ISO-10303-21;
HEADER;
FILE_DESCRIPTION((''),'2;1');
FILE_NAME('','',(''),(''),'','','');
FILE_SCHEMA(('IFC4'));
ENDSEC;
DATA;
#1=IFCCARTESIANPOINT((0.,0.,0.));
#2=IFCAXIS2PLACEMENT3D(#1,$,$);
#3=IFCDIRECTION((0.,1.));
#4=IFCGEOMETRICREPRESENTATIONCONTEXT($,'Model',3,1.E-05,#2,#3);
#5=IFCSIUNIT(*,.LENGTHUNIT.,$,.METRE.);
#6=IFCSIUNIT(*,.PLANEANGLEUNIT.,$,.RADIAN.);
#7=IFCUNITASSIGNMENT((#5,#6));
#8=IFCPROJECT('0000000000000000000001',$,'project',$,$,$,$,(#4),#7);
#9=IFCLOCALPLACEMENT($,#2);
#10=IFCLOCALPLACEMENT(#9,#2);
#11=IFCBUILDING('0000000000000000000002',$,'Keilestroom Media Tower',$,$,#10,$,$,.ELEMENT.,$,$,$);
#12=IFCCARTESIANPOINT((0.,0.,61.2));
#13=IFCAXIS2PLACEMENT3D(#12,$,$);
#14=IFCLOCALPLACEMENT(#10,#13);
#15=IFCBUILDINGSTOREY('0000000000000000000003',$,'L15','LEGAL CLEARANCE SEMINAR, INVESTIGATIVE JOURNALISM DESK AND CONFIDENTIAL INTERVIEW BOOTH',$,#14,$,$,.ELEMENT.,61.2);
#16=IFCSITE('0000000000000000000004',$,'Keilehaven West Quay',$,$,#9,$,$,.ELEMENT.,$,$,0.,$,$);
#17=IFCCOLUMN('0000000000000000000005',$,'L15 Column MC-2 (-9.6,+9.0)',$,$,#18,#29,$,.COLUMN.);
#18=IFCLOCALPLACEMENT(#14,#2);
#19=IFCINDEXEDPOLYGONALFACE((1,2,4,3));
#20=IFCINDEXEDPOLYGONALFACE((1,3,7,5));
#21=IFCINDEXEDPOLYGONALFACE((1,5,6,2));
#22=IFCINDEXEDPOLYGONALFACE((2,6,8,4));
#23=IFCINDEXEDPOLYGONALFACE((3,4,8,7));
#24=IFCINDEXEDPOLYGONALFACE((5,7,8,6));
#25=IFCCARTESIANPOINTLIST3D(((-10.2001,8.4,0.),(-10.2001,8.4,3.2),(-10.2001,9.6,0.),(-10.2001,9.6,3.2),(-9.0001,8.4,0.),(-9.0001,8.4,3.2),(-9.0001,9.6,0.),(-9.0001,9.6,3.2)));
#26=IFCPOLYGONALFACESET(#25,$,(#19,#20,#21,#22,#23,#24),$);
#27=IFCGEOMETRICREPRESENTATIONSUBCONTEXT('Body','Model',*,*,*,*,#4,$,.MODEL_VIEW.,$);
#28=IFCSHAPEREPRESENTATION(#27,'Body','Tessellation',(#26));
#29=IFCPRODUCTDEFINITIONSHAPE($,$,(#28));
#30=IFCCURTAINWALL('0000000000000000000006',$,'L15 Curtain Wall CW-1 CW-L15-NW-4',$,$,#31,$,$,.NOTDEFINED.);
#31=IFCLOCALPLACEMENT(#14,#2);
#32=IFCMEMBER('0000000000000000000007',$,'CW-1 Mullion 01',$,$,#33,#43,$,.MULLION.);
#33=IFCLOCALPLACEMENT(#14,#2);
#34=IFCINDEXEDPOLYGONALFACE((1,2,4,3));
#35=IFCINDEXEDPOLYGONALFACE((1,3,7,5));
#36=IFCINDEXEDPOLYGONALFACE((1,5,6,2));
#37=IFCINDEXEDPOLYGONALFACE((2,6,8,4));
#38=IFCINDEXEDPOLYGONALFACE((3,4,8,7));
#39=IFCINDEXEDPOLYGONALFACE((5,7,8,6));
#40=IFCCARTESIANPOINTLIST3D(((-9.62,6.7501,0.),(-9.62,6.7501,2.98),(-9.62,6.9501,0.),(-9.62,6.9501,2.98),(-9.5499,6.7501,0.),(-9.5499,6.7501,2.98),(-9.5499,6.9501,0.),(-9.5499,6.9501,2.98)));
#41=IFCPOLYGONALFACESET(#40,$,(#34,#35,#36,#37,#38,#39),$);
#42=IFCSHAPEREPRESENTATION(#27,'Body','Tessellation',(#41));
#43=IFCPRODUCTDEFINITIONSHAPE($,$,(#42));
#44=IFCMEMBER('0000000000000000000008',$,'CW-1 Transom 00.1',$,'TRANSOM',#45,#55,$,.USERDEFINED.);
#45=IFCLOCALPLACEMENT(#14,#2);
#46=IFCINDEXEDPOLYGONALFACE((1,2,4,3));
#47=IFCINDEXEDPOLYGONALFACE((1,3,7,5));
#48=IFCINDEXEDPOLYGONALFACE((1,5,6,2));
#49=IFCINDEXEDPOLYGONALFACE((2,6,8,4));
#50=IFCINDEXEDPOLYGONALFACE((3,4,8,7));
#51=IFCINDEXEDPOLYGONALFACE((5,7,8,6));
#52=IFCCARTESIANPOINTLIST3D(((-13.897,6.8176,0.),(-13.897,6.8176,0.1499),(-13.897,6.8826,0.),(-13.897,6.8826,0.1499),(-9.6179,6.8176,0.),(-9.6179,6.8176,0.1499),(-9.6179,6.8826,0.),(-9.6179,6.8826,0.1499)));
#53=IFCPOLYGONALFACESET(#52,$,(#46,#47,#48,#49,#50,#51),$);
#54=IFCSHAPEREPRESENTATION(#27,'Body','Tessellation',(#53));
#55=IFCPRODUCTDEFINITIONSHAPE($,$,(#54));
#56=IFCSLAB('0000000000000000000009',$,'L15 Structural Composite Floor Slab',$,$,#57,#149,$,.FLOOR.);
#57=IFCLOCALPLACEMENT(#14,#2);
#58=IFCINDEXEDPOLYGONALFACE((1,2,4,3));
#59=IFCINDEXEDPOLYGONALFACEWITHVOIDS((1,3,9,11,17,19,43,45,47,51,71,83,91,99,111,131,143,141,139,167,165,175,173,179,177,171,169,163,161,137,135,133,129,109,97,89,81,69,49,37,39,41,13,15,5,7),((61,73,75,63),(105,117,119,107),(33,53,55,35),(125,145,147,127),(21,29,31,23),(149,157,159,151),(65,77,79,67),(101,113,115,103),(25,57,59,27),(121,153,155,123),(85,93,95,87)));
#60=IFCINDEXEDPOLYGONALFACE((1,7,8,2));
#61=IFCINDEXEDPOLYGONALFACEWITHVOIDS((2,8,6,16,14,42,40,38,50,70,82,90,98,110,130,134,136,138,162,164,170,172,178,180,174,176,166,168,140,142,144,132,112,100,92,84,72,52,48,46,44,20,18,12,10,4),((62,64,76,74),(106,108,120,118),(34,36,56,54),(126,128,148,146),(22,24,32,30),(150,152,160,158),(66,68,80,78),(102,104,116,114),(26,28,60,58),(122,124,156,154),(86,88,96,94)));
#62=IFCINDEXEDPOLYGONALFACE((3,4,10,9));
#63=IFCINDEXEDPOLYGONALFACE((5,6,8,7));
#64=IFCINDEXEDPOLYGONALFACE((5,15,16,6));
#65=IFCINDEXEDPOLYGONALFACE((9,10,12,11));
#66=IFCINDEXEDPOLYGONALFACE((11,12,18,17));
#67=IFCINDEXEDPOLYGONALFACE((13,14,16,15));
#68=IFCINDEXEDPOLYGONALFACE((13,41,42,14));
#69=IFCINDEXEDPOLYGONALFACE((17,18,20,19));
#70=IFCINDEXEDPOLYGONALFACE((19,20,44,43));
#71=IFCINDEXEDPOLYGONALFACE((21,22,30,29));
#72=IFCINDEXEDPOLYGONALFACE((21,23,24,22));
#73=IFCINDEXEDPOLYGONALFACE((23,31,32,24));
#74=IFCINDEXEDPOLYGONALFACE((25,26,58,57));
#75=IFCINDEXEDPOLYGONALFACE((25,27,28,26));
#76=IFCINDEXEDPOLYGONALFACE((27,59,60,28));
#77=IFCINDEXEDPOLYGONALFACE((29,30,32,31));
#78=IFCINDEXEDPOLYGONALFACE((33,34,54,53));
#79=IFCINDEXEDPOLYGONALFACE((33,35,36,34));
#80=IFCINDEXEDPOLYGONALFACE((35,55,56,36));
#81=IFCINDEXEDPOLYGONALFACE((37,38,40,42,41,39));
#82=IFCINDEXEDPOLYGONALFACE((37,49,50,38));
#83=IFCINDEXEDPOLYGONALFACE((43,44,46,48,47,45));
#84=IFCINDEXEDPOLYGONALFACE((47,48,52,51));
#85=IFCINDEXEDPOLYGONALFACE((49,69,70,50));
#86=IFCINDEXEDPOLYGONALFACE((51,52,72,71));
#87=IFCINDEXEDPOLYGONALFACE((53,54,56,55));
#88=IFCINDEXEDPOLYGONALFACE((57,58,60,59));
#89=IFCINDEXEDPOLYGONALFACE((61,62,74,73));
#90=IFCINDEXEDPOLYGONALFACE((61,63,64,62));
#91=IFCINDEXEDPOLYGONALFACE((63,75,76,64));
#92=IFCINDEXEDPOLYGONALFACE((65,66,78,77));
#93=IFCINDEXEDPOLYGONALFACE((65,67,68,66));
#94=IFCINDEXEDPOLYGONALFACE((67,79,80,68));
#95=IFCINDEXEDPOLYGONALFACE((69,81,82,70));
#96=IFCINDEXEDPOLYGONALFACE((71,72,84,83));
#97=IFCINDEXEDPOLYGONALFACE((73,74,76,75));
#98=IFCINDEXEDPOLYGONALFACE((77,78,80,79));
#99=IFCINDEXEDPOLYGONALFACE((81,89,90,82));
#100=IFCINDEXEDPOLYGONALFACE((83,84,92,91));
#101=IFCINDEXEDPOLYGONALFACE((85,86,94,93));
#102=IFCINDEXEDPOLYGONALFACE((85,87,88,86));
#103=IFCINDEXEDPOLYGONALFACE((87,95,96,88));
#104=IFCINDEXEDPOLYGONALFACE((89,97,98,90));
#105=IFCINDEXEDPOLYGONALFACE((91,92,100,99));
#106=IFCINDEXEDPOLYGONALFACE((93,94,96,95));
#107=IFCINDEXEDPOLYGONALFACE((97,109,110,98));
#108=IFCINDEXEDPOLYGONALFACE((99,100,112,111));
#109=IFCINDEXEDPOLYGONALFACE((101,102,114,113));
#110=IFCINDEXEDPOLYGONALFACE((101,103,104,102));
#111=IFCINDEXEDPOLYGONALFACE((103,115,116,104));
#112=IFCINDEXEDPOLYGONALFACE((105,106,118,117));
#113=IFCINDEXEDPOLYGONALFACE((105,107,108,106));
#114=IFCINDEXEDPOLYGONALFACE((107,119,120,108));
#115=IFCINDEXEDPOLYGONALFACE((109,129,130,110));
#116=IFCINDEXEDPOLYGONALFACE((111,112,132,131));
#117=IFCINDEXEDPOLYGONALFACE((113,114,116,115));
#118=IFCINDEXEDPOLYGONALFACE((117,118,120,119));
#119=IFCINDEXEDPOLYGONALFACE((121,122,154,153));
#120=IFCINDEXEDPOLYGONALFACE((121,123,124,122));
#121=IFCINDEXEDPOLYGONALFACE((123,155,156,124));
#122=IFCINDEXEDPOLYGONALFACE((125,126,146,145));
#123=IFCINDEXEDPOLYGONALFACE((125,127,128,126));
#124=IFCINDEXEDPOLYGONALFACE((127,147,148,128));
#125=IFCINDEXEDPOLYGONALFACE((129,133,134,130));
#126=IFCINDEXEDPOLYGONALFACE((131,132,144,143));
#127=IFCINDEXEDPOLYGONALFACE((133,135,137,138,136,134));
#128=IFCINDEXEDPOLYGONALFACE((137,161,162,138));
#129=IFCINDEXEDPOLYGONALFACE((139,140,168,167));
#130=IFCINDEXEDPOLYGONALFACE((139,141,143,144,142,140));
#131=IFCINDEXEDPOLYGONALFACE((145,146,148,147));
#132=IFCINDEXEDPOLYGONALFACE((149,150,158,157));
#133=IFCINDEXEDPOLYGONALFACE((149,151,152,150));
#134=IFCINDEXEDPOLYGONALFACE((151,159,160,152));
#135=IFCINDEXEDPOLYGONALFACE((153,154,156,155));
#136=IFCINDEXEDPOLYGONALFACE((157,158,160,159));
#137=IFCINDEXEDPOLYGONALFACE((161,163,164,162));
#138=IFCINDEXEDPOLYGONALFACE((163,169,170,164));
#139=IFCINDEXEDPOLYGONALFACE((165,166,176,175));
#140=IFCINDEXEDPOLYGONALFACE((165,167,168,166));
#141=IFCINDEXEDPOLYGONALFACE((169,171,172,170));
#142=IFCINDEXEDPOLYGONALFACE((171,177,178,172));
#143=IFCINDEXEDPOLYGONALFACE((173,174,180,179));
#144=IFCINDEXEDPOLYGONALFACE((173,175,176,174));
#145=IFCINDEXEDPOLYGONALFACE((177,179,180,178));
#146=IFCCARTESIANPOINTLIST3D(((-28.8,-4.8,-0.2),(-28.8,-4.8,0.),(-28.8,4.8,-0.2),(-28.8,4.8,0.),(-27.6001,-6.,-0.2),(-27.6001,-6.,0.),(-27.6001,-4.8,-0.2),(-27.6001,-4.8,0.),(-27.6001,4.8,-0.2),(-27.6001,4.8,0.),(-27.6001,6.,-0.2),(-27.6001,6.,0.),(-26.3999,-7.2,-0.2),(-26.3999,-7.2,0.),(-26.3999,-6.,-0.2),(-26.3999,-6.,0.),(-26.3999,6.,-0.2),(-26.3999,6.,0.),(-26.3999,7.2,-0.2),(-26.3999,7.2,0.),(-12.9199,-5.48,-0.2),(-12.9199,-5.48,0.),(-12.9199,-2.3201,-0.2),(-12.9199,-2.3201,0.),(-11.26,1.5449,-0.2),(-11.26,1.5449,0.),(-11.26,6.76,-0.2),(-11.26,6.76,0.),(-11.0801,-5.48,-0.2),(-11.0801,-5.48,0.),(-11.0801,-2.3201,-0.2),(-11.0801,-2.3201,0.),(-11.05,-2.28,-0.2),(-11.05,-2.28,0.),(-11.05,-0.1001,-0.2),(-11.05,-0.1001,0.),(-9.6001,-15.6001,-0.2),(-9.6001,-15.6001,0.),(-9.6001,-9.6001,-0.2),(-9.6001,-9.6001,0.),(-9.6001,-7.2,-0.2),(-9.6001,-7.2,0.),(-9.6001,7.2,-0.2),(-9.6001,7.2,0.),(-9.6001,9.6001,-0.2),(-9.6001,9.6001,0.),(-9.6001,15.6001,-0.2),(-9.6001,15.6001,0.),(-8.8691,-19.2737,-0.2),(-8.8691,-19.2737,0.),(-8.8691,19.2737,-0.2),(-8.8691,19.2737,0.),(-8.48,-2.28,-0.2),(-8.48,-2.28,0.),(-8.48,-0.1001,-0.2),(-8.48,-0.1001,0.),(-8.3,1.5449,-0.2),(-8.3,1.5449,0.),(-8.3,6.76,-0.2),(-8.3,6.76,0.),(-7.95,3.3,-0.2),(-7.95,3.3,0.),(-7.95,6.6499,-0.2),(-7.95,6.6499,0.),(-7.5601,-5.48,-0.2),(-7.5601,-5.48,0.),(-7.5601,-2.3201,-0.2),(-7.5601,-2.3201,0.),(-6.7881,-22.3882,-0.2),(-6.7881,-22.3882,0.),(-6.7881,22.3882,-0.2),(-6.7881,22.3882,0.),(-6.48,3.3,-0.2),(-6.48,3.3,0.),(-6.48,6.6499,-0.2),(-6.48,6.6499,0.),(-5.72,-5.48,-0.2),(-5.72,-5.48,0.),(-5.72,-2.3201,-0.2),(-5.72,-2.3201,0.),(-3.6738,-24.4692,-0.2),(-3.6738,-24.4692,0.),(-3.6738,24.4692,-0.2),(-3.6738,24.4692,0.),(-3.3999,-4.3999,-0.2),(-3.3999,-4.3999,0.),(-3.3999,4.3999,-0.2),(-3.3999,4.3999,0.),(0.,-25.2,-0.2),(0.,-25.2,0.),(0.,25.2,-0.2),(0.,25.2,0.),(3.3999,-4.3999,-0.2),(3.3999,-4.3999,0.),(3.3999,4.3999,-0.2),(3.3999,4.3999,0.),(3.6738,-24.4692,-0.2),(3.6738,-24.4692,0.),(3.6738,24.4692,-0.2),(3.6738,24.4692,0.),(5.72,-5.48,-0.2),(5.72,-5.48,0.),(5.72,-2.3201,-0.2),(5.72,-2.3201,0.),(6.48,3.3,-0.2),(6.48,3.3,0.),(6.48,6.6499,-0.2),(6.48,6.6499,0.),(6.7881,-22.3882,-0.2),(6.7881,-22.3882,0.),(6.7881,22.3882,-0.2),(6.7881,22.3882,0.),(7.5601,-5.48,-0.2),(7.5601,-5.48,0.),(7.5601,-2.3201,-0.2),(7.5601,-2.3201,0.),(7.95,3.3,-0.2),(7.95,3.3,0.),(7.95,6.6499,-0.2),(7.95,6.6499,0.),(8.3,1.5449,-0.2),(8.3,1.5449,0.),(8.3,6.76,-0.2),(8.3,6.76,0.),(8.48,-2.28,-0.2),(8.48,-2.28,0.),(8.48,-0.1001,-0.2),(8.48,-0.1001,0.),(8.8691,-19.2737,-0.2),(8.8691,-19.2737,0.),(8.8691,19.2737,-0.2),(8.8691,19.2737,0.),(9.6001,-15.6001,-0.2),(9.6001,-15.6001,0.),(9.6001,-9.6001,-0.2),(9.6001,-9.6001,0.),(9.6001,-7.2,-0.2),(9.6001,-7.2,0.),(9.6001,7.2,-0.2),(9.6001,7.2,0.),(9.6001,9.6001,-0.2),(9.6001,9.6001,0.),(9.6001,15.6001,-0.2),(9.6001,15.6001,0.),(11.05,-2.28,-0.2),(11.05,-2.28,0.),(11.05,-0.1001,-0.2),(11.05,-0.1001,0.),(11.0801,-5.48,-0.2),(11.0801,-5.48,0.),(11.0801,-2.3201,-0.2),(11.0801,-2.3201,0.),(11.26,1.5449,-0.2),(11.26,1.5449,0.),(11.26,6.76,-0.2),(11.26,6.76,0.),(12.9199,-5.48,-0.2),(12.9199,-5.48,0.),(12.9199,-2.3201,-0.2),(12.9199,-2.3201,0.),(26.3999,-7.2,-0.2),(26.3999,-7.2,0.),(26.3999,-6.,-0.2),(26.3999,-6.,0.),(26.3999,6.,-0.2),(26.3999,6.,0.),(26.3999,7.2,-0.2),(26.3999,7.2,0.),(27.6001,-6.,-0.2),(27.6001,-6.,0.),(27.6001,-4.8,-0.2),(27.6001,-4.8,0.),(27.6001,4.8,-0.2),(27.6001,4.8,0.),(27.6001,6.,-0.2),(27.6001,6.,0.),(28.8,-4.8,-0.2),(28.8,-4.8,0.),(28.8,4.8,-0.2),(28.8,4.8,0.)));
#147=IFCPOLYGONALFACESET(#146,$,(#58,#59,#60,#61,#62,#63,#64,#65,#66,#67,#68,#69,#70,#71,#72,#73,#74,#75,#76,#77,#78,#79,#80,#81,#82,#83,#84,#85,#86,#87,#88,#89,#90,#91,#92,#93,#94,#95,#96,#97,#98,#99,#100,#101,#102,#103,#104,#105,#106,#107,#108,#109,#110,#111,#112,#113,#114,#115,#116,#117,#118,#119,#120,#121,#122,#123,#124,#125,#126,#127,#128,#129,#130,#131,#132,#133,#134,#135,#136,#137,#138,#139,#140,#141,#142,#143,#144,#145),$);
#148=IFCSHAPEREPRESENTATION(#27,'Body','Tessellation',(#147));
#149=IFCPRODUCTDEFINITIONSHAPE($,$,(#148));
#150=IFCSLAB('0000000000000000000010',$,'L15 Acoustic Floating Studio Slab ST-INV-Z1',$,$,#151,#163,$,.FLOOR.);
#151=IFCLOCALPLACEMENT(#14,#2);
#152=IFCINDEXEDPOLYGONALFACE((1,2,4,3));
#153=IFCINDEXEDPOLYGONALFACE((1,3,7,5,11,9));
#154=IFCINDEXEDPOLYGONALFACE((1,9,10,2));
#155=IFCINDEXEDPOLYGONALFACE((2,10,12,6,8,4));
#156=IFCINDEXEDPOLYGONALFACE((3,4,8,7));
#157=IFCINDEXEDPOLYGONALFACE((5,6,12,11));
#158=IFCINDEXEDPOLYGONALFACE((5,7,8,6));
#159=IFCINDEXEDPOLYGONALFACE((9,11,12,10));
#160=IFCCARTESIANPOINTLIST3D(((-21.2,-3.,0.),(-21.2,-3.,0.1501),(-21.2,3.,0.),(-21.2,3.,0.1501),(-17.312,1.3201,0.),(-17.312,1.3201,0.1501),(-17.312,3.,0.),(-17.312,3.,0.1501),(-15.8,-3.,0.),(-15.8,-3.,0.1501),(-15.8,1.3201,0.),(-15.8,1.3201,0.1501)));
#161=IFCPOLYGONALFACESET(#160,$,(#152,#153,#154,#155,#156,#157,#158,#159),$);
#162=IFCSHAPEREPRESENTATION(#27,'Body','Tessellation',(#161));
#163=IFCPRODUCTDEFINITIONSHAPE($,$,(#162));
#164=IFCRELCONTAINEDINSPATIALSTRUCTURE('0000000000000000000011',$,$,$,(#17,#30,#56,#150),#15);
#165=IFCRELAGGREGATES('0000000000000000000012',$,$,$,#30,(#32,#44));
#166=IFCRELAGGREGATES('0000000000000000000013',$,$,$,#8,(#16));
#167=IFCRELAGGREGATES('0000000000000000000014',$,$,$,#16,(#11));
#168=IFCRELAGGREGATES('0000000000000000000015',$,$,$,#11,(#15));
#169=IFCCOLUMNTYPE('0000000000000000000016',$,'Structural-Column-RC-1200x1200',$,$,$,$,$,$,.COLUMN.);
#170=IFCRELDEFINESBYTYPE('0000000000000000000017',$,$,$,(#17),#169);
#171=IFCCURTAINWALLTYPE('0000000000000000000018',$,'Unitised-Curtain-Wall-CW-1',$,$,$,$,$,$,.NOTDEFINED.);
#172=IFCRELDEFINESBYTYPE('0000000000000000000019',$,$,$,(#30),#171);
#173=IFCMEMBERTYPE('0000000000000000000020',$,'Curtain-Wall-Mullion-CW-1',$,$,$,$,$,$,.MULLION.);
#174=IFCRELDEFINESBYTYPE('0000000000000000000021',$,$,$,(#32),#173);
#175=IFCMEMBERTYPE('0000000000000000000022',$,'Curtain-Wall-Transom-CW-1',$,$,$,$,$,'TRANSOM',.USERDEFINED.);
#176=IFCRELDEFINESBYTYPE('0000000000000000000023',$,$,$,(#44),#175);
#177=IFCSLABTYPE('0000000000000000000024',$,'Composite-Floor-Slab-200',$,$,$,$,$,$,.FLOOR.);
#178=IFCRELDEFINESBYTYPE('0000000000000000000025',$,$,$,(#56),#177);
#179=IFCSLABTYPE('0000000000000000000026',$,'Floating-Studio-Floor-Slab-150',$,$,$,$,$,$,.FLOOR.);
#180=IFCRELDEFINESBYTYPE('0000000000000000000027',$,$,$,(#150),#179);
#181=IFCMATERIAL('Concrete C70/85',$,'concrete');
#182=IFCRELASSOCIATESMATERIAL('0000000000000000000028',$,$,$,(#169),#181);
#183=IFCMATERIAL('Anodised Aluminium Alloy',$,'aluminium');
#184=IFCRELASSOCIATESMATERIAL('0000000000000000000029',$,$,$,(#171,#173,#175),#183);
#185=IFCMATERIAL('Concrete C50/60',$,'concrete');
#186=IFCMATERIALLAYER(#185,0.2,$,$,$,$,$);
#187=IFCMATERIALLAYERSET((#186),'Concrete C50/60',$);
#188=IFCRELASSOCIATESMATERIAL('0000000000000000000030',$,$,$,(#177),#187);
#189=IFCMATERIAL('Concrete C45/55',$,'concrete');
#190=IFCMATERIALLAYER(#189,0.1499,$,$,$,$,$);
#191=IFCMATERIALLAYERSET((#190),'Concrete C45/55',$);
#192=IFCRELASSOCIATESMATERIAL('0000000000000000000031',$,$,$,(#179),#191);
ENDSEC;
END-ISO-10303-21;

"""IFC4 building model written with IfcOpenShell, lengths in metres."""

from ifc_helpers import new_model, si_unit, direction, frame, origin, origin_2d, place, context, subcontext, project, spatial, polyline, rectangle, outline, extrude, source, transform, mapped, material, layer, layer_set, material_profile, profile_set, type_object, element, aggregate, save


model = new_model("IFC4")

# Units and contexts
model_context = context("Model", 3, precision=1e-05, world=origin(), true_north=direction((0.0, 1.0)))
body_context = subcontext(model_context, "Body", "Model", "MODEL_VIEW")
ifc_project = project(units=[si_unit("LENGTHUNIT", "METRE"), si_unit("PLANEANGLEUNIT", "RADIAN")], contexts=[model_context])

# Site, building, storey
site_placement = place(None, origin())
site = spatial("IfcSite", under=ifc_project, at=site_placement, Name="Keilehaven West Quay", CompositionType="ELEMENT", RefElevation=0.0)
building_placement = place(site_placement, origin())
building = spatial("IfcBuilding", under=site, at=building_placement, Name="Keilestroom Media Tower", CompositionType="ELEMENT")
storey_placement = place(building_placement, frame((0.0, 0.0, 61.2)))
storey = spatial("IfcBuildingStorey", under=building, at=storey_placement, Name="L15", Description="LEGAL CLEARANCE SEMINAR, INVESTIGATIVE JOURNALISM DESK AND CONFIDENTIAL INTERVIEW BOOTH", CompositionType="ELEMENT", Elevation=61.2)

# Column
ifc_material_1 = material(Name="Concrete C70/85", Category="concrete")
ifc_material_profile_1 = material_profile(ifc_material_1, rectangle(XDim=1.2, YDim=1.2, at=origin_2d()), Name="RC 1200x1200")
ifc_profile_set_1 = profile_set([ifc_material_profile_1], Name="Concrete C70/85")
column_type = type_object("IfcColumnType", Name="Structural-Column-RC-1200x1200", PredefinedType="COLUMN", material=ifc_profile_set_1)
shared_shape_1 = source(origin(), body_context, "Body", "SweptSolid", [
    extrude(rectangle(XDim=1.2, YDim=1.2, at=origin_2d()), origin(), (0.0, 0.0, 1.0), 3.2),
])
column_placement = place(storey_placement, frame((-9.6001, 9.0, 0.0), z_axis=(0.0, 0.0, 1.0), x_axis=(1.0, 0.0, 0.0)))
element("IfcColumn", 1, at=column_placement, inside=storey, type_object=column_type, Name="L15 Column MC-2 (-9.6,+9.0)", PredefinedType="COLUMN", context=body_context, shape_type="MappedRepresentation", body=[
    mapped(shared_shape_1, transform((0.0, 0.0, 0.0), x_axis=(1.0, 0.0, 0.0), y_axis=(0.0, 1.0, 0.0), z_axis=(0.0, 0.0, 1.0), scale=1.0)),
])

# Curtain wall, members
ifc_material_2 = material(Name="Anodised Aluminium Alloy", Category="aluminium")
curtain_wall_type = type_object("IfcCurtainWallType", Name="Unitised-Curtain-Wall-CW-1", PredefinedType="NOTDEFINED", material=ifc_material_2)
curtain_wall_placement = place(storey_placement, origin())
curtain_wall = element("IfcCurtainWall", 2, at=curtain_wall_placement, inside=storey, type_object=curtain_wall_type, Name="L15 Curtain Wall CW-1 CW-L15-NW-4", PredefinedType="NOTDEFINED")
ifc_material_profile_2 = material_profile(ifc_material_2, rectangle(XDim=0.0701, YDim=0.2, at=origin_2d()), Name="ALU MULLION 70x200")
ifc_profile_set_2 = profile_set([ifc_material_profile_2], Name="Anodised Aluminium Alloy")
member_type_1 = type_object("IfcMemberType", Name="Curtain-Wall-Mullion-CW-1", PredefinedType="MULLION", material=ifc_profile_set_2)
shared_shape_2 = source(origin(), body_context, "Body", "SweptSolid", [
    extrude(rectangle(XDim=0.0701, YDim=0.2, at=origin_2d()), origin(), (0.0, 0.0, 1.0), 2.98),
])
member_1_placement = place(storey_placement, frame((-9.585, 6.8501, 0.0), z_axis=(0.0, 0.0, 1.0), x_axis=(1.0, 0.0, 0.0)))
member_1 = element("IfcMember", 3, at=member_1_placement, type_object=member_type_1, Name="CW-1 Mullion 01", PredefinedType="MULLION", context=body_context, shape_type="MappedRepresentation", body=[
    mapped(shared_shape_2, transform((0.0, 0.0, 0.0), x_axis=(1.0, 0.0, 0.0), y_axis=(0.0, 1.0, 0.0), z_axis=(0.0, 0.0, 1.0), scale=1.0)),
])
ifc_material_profile_3 = material_profile(ifc_material_2, rectangle(XDim=0.0649, YDim=0.1499, at=origin_2d()), Name="ALU TRANSOM 65x150")
ifc_profile_set_3 = profile_set([ifc_material_profile_3], Name="Anodised Aluminium Alloy")
member_type_2 = type_object("IfcMemberType", Name="Curtain-Wall-Transom-CW-1", ElementType="TRANSOM", PredefinedType="USERDEFINED", material=ifc_profile_set_3)
shared_shape_3 = source(origin(), body_context, "Body", "SweptSolid", [
    extrude(rectangle(XDim=0.0649, YDim=0.1499, at=origin_2d()), origin(), (0.0, 0.0, 1.0), 4.2791),
])
member_2_placement = place(storey_placement, frame((-13.897, 6.8501, 0.075), z_axis=(1.0, 0.0, 0.0), x_axis=(0.0, 1.0, 0.0)))
member_2 = element("IfcMember", 4, at=member_2_placement, type_object=member_type_2, Name="CW-1 Transom 00.1", ObjectType="TRANSOM", PredefinedType="USERDEFINED", context=body_context, shape_type="MappedRepresentation", body=[
    mapped(shared_shape_3, transform((0.0, 0.0, 0.0), x_axis=(1.0, 0.0, 0.0), y_axis=(0.0, 1.0, 0.0), z_axis=(0.0, 0.0, 1.0), scale=1.0)),
])

# Slabs
ifc_material_3 = material(Name="Concrete C50/60", Category="concrete")
ifc_layer_1 = layer(ifc_material_3, 0.2)
ifc_layer_set_1 = layer_set([ifc_layer_1], Name="Concrete C50/60")
slab_type_1 = type_object("IfcSlabType", Name="Composite-Floor-Slab-200", PredefinedType="FLOOR", material=ifc_layer_set_1)
slab_1_placement = place(storey_placement, frame((0.0, 0.0, -0.2)))
element("IfcSlab", 5, at=slab_1_placement, inside=storey, type_object=slab_type_1, Name="L15 Structural Composite Floor Slab", PredefinedType="FLOOR", context=body_context, shape_type="SweptSolid", body=[
    extrude(outline(polyline([(28.8, -4.8), (28.8, 4.8), (27.6001, 4.8), (27.6001, 6.0), (26.3999, 6.0), (26.3999, 7.2), (9.6001, 7.2), (9.6001, 9.6001), (9.6001, 15.6001), (8.8691, 19.2737), (6.7881, 22.3882), (3.6738, 24.4692), (0.0, 25.2), (-3.6738, 24.4692), (-6.7881, 22.3882), (-8.8691, 19.2737), (-9.6001, 15.6001), (-9.6001, 9.6001), (-9.6001, 7.2), (-26.3999, 7.2), (-26.3999, 6.0), (-27.6001, 6.0), (-27.6001, 4.8), (-28.8, 4.8), (-28.8, -4.8), (-27.6001, -4.8), (-27.6001, -6.0), (-26.3999, -6.0), (-26.3999, -7.2), (-9.6001, -7.2), (-9.6001, -9.6001), (-9.6001, -15.6001), (-8.8691, -19.2737), (-6.7881, -22.3882), (-3.6738, -24.4692), (0.0, -25.2), (3.6738, -24.4692), (6.7881, -22.3882), (8.8691, -19.2737), (9.6001, -15.6001), (9.6001, -9.6001), (9.6001, -7.2), (26.3999, -7.2), (26.3999, -6.0), (27.6001, -6.0), (27.6001, -4.8), (28.8, -4.8)]), holes=[polyline([(-12.9199, -5.48), (-12.9199, -2.3201), (-11.0801, -2.3201), (-11.0801, -5.48), (-12.9199, -5.48)]), polyline([(-11.26, 1.5449), (-11.26, 6.76), (-8.3, 6.76), (-8.3, 1.5449), (-11.26, 1.5449)]), polyline([(-11.05, -2.28), (-11.05, -0.1001), (-8.48, -0.1001), (-8.48, -2.28), (-11.05, -2.28)]), polyline([(-7.95, 3.3), (-7.95, 6.6499), (-6.48, 6.6499), (-6.48, 3.3), (-7.95, 3.3)]), polyline([(-7.5601, -5.48), (-7.5601, -2.3201), (-5.72, -2.3201), (-5.72, -5.48), (-7.5601, -5.48)]), polyline([(-3.3999, -4.3999), (-3.3999, 4.3999), (3.3999, 4.3999), (3.3999, -4.3999), (-3.3999, -4.3999)]), polyline([(5.72, -5.48), (5.72, -2.3201), (7.5601, -2.3201), (7.5601, -5.48), (5.72, -5.48)]), polyline([(7.95, 6.6499), (7.95, 3.3), (6.48, 3.3), (6.48, 6.6499), (7.95, 6.6499)]), polyline([(8.3, 6.76), (11.26, 6.76), (11.26, 1.5449), (8.3, 1.5449), (8.3, 6.76)]), polyline([(8.48, -2.28), (8.48, -0.1001), (11.05, -0.1001), (11.05, -2.28), (8.48, -2.28)]), polyline([(12.9199, -5.48), (11.0801, -5.48), (11.0801, -2.3201), (12.9199, -2.3201), (12.9199, -5.48)])]), origin(), (0.0, 0.0, 1.0), 0.2),
])
ifc_material_4 = material(Name="Concrete C45/55", Category="concrete")
ifc_layer_2 = layer(ifc_material_4, 0.1499)
ifc_layer_set_2 = layer_set([ifc_layer_2], Name="Concrete C45/55")
slab_type_2 = type_object("IfcSlabType", Name="Floating-Studio-Floor-Slab-150", PredefinedType="FLOOR", material=ifc_layer_set_2)
slab_2_placement = place(storey_placement, origin())
element("IfcSlab", 6, at=slab_2_placement, inside=storey, type_object=slab_type_2, Name="L15 Acoustic Floating Studio Slab ST-INV-Z1", PredefinedType="FLOOR", context=body_context, shape_type="SweptSolid", body=[
    extrude(outline(polyline([(-21.2, -3.0), (-15.8, -3.0), (-15.8, 1.3201), (-17.312, 1.3201), (-17.312, 3.0), (-21.2, 3.0), (-21.2, -3.0)])), origin(), (0.0, 0.0, 1.0), 0.1501),
])

aggregate(curtain_wall, [member_1, member_2])

save(model, "model.ifc")
